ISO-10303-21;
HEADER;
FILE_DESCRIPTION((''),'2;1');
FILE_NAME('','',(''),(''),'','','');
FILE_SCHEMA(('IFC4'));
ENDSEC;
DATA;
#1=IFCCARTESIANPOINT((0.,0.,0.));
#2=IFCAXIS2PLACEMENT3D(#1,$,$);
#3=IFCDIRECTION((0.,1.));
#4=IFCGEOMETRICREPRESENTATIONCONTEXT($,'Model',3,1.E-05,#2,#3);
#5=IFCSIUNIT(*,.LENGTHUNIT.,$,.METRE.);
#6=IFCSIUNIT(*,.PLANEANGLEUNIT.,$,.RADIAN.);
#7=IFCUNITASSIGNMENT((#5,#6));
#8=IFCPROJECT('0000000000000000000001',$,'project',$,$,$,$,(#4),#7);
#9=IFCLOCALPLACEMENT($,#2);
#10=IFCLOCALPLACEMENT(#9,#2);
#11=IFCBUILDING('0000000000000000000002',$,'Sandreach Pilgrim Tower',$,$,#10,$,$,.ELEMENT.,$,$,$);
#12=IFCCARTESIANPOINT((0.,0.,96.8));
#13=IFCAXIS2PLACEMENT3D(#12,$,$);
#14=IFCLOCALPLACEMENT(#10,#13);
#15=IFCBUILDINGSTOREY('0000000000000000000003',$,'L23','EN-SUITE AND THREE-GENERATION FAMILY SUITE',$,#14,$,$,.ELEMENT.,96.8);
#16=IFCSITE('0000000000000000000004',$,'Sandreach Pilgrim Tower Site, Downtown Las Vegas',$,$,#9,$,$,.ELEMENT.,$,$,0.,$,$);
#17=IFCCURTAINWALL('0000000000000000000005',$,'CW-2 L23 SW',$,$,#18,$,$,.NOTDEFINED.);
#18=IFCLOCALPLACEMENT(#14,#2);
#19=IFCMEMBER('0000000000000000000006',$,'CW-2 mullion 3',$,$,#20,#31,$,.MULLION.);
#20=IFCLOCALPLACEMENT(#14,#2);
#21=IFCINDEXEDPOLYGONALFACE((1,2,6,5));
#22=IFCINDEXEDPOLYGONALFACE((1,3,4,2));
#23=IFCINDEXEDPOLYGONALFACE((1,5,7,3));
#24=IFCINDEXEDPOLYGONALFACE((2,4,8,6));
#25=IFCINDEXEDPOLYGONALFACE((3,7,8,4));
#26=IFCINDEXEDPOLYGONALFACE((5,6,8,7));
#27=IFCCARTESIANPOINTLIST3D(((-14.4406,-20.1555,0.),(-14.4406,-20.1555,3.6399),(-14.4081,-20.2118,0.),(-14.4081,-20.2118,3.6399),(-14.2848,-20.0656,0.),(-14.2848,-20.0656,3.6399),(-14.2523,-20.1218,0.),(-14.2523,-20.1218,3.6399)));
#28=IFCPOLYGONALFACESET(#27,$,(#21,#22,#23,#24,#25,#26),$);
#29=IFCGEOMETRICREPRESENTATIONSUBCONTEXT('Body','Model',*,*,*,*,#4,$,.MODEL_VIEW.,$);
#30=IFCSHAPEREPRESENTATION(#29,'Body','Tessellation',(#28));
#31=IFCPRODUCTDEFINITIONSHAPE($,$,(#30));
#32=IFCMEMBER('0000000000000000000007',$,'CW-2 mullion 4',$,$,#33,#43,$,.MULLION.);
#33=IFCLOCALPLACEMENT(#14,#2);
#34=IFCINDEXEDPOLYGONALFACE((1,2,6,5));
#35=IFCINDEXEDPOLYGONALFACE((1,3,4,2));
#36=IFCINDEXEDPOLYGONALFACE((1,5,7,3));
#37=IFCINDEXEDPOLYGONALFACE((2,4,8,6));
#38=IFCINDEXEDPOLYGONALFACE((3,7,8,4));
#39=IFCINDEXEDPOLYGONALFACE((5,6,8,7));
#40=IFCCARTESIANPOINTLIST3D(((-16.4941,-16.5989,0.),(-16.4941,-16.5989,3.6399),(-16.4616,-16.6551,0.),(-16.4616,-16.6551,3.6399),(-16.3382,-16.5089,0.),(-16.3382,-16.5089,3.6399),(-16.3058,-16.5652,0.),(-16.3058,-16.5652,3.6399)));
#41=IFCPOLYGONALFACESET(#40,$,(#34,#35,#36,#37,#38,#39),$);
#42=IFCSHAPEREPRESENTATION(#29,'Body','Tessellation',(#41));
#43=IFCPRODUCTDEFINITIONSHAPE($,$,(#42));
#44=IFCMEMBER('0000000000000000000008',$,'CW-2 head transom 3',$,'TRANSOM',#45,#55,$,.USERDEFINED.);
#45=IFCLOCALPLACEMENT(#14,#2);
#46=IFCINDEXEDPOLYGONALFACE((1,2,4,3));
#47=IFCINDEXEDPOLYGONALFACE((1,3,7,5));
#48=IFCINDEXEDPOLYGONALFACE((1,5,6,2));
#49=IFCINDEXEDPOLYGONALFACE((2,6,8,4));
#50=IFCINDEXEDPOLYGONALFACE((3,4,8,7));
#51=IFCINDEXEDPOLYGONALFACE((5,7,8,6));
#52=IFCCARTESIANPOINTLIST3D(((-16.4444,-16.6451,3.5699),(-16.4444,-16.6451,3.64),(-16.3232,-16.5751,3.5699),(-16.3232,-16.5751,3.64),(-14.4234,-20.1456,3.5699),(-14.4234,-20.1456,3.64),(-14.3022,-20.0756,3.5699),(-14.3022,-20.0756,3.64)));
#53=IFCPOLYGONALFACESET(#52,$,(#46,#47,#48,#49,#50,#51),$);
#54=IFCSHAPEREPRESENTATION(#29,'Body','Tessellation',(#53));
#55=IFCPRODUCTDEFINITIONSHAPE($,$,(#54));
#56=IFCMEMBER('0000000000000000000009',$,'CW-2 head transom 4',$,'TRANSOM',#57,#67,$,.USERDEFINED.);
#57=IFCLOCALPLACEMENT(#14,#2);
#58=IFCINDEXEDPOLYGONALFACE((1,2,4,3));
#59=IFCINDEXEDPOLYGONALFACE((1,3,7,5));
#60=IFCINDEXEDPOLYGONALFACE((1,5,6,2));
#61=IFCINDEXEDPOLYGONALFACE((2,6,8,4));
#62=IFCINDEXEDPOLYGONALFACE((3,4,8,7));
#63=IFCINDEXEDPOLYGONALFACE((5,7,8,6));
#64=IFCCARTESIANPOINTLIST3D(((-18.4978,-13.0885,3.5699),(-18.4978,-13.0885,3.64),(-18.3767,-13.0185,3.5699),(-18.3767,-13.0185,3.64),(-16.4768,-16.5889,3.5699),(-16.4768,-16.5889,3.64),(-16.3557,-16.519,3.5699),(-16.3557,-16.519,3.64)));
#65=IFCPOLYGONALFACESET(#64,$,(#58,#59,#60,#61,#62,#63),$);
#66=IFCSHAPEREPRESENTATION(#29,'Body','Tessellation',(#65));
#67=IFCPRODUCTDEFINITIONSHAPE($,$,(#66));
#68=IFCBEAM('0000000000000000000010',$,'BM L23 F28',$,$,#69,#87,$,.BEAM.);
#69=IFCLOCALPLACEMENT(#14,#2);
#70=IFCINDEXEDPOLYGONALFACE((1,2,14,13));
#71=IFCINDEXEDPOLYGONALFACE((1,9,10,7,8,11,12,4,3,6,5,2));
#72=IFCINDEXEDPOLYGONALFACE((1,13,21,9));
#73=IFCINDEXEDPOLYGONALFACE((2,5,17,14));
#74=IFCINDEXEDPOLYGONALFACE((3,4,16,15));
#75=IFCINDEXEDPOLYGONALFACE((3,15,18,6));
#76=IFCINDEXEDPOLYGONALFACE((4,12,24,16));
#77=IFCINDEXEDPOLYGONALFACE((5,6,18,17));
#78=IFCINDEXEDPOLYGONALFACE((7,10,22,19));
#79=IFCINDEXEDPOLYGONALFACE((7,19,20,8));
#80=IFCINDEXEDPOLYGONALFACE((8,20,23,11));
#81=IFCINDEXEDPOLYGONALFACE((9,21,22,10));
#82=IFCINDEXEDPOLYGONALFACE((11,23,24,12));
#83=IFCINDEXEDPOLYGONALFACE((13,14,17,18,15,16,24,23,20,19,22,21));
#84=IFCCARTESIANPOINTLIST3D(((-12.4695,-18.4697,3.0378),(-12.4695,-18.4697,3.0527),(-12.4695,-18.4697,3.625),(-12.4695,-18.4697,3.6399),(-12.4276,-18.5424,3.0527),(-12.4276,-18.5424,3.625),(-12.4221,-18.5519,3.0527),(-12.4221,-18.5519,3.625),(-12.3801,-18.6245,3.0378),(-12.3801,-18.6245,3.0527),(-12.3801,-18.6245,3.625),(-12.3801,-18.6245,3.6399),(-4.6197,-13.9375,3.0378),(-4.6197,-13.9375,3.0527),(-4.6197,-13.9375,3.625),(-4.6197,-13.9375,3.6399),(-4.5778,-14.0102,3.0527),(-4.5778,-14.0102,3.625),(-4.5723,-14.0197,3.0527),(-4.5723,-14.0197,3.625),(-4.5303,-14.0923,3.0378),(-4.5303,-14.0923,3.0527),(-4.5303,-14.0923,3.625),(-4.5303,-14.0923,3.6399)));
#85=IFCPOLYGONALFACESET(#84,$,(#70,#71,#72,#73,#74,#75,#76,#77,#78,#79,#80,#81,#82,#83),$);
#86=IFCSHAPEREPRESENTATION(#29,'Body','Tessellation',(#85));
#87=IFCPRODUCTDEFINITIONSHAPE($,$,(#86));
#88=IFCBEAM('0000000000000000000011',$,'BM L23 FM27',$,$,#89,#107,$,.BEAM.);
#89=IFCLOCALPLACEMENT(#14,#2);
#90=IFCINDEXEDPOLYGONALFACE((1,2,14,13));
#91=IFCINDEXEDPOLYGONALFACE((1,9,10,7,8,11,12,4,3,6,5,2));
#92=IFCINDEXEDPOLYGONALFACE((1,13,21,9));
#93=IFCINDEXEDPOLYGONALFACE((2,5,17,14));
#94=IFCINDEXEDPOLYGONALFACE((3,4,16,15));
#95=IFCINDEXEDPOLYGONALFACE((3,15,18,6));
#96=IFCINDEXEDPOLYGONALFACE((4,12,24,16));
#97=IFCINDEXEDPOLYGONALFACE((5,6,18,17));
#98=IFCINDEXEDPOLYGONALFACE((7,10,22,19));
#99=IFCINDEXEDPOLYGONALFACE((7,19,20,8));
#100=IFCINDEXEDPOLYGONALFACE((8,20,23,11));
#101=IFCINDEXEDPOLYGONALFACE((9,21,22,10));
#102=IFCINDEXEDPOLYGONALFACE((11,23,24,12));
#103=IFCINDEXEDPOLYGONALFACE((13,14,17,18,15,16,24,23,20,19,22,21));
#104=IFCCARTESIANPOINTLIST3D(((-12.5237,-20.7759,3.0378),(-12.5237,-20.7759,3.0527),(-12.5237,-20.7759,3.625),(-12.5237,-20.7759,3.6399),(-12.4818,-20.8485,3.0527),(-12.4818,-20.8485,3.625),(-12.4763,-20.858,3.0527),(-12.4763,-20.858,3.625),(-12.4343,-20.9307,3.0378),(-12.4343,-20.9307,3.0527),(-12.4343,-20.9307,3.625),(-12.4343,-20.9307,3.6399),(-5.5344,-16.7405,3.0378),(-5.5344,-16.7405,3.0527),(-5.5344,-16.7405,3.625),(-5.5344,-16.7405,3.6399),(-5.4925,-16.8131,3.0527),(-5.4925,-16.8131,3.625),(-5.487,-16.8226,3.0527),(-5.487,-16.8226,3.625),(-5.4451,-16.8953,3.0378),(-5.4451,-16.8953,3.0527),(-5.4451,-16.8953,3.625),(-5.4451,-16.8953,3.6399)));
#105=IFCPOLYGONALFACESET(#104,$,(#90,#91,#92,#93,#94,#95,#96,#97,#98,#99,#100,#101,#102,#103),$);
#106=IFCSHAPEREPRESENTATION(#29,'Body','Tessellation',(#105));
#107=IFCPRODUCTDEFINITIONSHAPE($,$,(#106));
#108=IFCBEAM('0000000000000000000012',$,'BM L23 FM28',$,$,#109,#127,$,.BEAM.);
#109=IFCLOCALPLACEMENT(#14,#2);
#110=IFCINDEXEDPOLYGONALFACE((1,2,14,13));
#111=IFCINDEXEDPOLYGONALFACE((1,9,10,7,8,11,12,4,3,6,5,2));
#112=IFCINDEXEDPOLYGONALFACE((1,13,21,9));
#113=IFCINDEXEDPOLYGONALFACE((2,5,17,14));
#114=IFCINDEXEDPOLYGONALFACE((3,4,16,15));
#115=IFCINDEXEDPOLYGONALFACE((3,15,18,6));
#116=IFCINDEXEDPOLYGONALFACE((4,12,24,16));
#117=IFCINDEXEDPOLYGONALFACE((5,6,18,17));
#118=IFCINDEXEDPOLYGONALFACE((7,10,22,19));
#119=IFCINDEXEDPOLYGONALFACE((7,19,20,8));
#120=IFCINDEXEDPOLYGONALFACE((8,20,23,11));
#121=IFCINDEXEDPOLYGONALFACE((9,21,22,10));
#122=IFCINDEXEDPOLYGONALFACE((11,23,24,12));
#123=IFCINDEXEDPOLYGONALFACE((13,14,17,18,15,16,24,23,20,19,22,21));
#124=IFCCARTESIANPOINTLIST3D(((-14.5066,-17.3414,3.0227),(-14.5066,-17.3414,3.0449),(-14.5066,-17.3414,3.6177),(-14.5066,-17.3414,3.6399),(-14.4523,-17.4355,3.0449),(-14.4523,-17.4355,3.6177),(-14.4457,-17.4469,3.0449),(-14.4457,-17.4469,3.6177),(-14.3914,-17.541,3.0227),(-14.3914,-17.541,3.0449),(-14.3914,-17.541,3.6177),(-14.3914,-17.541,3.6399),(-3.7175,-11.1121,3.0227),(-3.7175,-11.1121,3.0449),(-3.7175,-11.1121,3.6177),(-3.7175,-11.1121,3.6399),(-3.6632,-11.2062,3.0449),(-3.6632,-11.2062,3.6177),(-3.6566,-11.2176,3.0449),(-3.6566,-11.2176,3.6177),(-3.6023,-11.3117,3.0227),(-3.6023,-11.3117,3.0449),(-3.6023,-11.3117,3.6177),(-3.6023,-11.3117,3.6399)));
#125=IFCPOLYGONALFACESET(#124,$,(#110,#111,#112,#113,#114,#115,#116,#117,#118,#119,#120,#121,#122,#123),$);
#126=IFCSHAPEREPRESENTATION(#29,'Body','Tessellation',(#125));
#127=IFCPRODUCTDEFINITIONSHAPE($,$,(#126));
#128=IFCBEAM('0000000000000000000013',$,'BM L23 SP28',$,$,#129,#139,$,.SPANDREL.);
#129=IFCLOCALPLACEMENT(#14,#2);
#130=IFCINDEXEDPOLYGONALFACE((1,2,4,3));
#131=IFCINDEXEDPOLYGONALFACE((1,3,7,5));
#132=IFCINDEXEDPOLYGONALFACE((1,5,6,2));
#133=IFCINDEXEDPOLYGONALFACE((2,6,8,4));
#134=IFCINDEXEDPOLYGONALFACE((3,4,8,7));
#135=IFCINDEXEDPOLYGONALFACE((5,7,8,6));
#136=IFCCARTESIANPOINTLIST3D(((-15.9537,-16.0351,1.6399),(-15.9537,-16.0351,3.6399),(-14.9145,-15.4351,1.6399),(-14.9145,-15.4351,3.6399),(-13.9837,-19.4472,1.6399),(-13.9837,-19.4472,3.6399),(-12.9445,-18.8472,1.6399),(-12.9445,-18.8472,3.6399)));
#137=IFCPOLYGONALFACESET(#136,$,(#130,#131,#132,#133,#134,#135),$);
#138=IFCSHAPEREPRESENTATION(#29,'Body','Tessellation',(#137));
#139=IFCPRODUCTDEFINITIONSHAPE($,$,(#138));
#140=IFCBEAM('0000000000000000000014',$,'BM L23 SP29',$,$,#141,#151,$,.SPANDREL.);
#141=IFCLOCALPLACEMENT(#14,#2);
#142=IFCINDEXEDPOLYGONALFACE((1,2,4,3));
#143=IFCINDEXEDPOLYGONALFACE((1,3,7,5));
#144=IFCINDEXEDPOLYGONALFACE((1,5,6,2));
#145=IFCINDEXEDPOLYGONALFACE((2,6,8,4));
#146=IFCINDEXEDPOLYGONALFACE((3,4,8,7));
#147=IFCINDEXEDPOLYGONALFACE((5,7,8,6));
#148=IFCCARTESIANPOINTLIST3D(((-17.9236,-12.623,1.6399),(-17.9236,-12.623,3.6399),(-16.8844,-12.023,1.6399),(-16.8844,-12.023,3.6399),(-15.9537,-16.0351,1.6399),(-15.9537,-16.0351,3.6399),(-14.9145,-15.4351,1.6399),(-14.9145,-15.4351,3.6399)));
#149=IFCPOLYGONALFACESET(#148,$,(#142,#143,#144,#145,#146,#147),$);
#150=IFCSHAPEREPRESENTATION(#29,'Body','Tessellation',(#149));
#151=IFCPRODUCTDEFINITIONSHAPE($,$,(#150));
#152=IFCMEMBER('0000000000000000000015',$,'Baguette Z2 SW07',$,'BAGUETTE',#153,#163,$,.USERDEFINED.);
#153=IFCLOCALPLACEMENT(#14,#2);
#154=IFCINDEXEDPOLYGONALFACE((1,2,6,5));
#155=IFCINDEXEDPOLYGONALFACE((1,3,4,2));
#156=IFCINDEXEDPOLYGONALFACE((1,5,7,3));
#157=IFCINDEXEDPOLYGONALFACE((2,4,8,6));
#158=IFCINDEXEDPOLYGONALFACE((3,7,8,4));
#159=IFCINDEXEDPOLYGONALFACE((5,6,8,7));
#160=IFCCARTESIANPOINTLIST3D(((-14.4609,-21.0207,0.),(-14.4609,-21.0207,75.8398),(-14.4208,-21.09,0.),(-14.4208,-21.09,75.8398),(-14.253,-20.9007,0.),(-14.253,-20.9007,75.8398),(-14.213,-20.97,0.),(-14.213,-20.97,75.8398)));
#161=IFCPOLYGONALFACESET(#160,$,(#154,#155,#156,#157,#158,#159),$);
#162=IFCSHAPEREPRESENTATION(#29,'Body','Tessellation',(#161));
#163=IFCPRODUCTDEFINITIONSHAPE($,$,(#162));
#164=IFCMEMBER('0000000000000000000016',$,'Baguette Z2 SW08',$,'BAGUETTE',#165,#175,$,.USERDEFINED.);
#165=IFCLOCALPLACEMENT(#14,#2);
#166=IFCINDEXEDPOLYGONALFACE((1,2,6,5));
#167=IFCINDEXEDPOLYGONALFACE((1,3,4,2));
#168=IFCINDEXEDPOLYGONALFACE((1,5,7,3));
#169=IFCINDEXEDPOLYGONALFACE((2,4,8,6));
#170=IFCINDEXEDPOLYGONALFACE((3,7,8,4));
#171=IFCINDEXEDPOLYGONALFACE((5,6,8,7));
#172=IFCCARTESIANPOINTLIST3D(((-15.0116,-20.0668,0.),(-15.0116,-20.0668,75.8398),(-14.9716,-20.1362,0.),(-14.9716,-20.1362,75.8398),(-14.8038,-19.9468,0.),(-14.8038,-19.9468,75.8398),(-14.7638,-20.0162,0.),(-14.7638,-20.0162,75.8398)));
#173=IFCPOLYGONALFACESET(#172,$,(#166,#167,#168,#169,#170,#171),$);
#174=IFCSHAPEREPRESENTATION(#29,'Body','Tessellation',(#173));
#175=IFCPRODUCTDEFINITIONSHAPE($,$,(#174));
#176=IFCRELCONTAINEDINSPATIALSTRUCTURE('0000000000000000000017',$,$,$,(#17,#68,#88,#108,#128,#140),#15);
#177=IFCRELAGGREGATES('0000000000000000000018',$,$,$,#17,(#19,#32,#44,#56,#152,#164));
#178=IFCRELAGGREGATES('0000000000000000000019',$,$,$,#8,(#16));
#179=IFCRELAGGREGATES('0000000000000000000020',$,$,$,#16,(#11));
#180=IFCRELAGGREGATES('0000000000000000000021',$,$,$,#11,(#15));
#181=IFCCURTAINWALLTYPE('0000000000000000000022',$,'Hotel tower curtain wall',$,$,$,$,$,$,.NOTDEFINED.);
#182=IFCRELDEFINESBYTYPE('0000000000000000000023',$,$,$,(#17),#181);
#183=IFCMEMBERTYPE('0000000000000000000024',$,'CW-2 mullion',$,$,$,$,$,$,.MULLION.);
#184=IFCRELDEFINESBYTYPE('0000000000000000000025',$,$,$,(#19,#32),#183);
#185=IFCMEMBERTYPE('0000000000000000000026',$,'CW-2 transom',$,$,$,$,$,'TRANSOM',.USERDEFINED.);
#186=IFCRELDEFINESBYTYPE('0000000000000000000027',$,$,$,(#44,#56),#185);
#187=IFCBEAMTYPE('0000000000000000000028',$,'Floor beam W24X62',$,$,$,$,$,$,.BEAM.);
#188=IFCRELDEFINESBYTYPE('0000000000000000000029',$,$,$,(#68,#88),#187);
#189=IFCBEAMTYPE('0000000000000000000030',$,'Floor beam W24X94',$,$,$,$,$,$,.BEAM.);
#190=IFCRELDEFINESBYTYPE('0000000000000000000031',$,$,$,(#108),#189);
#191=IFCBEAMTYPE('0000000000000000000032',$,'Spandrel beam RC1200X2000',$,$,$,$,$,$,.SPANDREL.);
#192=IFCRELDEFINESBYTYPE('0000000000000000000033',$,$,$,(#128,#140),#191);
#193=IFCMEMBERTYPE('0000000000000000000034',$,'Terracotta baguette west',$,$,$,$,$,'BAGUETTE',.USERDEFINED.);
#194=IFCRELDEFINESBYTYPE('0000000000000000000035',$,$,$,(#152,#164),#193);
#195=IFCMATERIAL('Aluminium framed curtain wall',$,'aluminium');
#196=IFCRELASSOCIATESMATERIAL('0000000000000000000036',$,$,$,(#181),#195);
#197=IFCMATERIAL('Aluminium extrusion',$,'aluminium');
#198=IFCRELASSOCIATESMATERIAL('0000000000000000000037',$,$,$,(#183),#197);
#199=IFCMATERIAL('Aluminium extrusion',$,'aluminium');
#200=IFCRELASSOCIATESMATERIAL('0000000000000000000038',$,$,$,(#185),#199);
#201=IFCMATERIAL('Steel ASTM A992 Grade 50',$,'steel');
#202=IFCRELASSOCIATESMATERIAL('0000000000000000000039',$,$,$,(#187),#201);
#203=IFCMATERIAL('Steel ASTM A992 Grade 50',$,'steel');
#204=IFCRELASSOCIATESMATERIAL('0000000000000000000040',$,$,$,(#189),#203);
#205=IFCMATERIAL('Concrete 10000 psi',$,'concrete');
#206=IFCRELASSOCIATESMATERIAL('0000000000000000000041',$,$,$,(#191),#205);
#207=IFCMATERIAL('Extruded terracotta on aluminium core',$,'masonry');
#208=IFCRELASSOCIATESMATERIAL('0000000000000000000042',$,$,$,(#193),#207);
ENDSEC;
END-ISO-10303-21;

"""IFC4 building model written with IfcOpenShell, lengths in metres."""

from ifc_helpers import new_model, si_unit, direction, frame, origin, origin_2d, place, context, subcontext, project, spatial, rectangle, i_section, extrude, material, material_profile, profile_set, type_object, element, aggregate, save


model = new_model("IFC4")

# Units and contexts
model_context = context("Model", 3, precision=1e-05, world=origin(), true_north=direction((0.0, 1.0)))
body_context = subcontext(model_context, "Body", "Model", "MODEL_VIEW")
ifc_project = project(units=[si_unit("LENGTHUNIT", "METRE"), si_unit("PLANEANGLEUNIT", "RADIAN")], contexts=[model_context])

# Site, building, storey
site_placement = place(None, origin())
site = spatial("IfcSite", under=ifc_project, at=site_placement, Name="Sandreach Pilgrim Tower Site, Downtown Las Vegas", CompositionType="ELEMENT", RefElevation=0.0)
building_placement = place(site_placement, origin())
building = spatial("IfcBuilding", under=site, at=building_placement, Name="Sandreach Pilgrim Tower", CompositionType="ELEMENT")
storey_placement = place(building_placement, frame((0.0, 0.0, 96.8)))
storey = spatial("IfcBuildingStorey", under=building, at=storey_placement, Name="L23", Description="EN-SUITE AND THREE-GENERATION FAMILY SUITE", CompositionType="ELEMENT", Elevation=96.8)

# Curtain wall, members
ifc_material_1 = material(Name="Aluminium framed curtain wall", Category="aluminium")
curtain_wall_type = type_object("IfcCurtainWallType", Name="Hotel tower curtain wall", PredefinedType="NOTDEFINED", material=ifc_material_1)
curtain_wall_placement = place(storey_placement, origin())
curtain_wall = element("IfcCurtainWall", 1, at=curtain_wall_placement, inside=storey, type_object=curtain_wall_type, Name="CW-2 L23 SW", PredefinedType="NOTDEFINED")
ifc_material_2 = material(Name="Aluminium extrusion", Category="aluminium")
ifc_material_profile_1 = material_profile(ifc_material_2, rectangle(XDim=0.0649, YDim=0.1799, at=origin_2d()), Name="CW-2M 65X180")
ifc_profile_set_1 = profile_set([ifc_material_profile_1], Name="Aluminium extrusion")
member_type_1 = type_object("IfcMemberType", Name="CW-2 mullion", PredefinedType="MULLION", material=ifc_profile_set_1)
member_1_placement = place(storey_placement, frame((-14.3464, -20.1387, 0.0), z_axis=(0.0, 0.0, 1.0), x_axis=(-0.5, 0.866025, 0.0)))
member_1 = element("IfcMember", 2, at=member_1_placement, type_object=member_type_1, Name="CW-2 mullion 3", PredefinedType="MULLION", context=body_context, shape_type="SweptSolid", body=[
    extrude(rectangle(XDim=0.0649, YDim=0.1799, at=origin_2d()), origin(), (0.0, 0.0, 1.0), 3.6399),
])
member_2_placement = place(storey_placement, frame((-16.3999, -16.582, 0.0), z_axis=(0.0, 0.0, 1.0), x_axis=(-0.5, 0.866025, 0.0)))
member_2 = element("IfcMember", 3, at=member_2_placement, type_object=member_type_1, Name="CW-2 mullion 4", PredefinedType="MULLION", context=body_context, shape_type="SweptSolid", body=[
    extrude(rectangle(XDim=0.0649, YDim=0.1799, at=origin_2d()), origin(), (0.0, 0.0, 1.0), 3.6399),
])
ifc_material_3 = material(Name="Aluminium extrusion", Category="aluminium")
ifc_material_profile_2 = material_profile(ifc_material_3, rectangle(XDim=0.1399, YDim=0.0701, at=origin_2d()), Name="CW-2T 140X70")
ifc_profile_set_2 = profile_set([ifc_material_profile_2], Name="Aluminium extrusion")
member_type_2 = type_object("IfcMemberType", Name="CW-2 transom", ElementType="TRANSOM", PredefinedType="USERDEFINED", material=ifc_profile_set_2)
member_3_placement = place(storey_placement, frame((-14.3628, -20.1106, 3.605), z_axis=(-0.499998, 0.866027, 0.0), x_axis=(-0.866027, -0.499998, 0.0)))
member_3 = element("IfcMember", 4, at=member_3_placement, type_object=member_type_2, Name="CW-2 head transom 3", ObjectType="TRANSOM", PredefinedType="USERDEFINED", context=body_context, shape_type="SweptSolid", body=[
    extrude(rectangle(XDim=0.1399, YDim=0.0701, at=origin_2d()), origin(), (0.0, 0.0, 1.0), 4.042),
])
member_4_placement = place(storey_placement, frame((-16.4163, -16.554, 3.605), z_axis=(-0.499998, 0.866027, 0.0), x_axis=(-0.866027, -0.499998, 0.0)))
member_4 = element("IfcMember", 5, at=member_4_placement, type_object=member_type_2, Name="CW-2 head transom 4", ObjectType="TRANSOM", PredefinedType="USERDEFINED", context=body_context, shape_type="SweptSolid", body=[
    extrude(rectangle(XDim=0.1399, YDim=0.0701, at=origin_2d()), origin(), (0.0, 0.0, 1.0), 4.042),
])

# Beams
ifc_material_4 = material(Name="Steel ASTM A992 Grade 50", Category="steel")
ifc_material_profile_3 = material_profile(ifc_material_4, i_section(OverallWidth=0.1787, OverallDepth=0.6021, WebThickness=0.011, FlangeThickness=0.0149, at=origin_2d()), Name="W24X62")
ifc_profile_set_3 = profile_set([ifc_material_profile_3], Name="Steel ASTM A992 Grade 50")
beam_type_1 = type_object("IfcBeamType", Name="Floor beam W24X62", PredefinedType="BEAM", material=ifc_profile_set_3)
beam_1_placement = place(storey_placement, frame((-12.4248, -18.5471, 3.3389), z_axis=(0.86602, 0.500009, 0.0), x_axis=(-0.500009, 0.86602, 0.0)))
element("IfcBeam", 6, at=beam_1_placement, inside=storey, type_object=beam_type_1, Name="BM L23 F28", PredefinedType="BEAM", context=body_context, shape_type="SweptSolid", body=[
    extrude(i_section(OverallWidth=0.1787, OverallDepth=0.6021, WebThickness=0.011, FlangeThickness=0.0149, at=origin_2d()), origin(), (0.0, 0.0, 1.0), 9.0642),
])
beam_2_placement = place(storey_placement, frame((-12.479, -20.8533, 3.3389), z_axis=(0.866017, 0.500014, 0.0), x_axis=(-0.500014, 0.866017, 0.0)))
element("IfcBeam", 7, at=beam_2_placement, inside=storey, type_object=beam_type_1, Name="BM L23 FM27", PredefinedType="BEAM", context=body_context, shape_type="SweptSolid", body=[
    extrude(i_section(OverallWidth=0.1787, OverallDepth=0.6021, WebThickness=0.011, FlangeThickness=0.0149, at=origin_2d()), origin(), (0.0, 0.0, 1.0), 8.0706),
])
ifc_material_5 = material(Name="Steel ASTM A992 Grade 50", Category="steel")
ifc_material_profile_4 = material_profile(ifc_material_5, i_section(OverallWidth=0.2305, OverallDepth=0.6172, WebThickness=0.0132, FlangeThickness=0.0222, at=origin_2d()), Name="W24X94")
ifc_profile_set_4 = profile_set([ifc_material_profile_4], Name="Steel ASTM A992 Grade 50")
beam_type_2 = type_object("IfcBeamType", Name="Floor beam W24X94", PredefinedType="BEAM", material=ifc_profile_set_4)
beam_3_placement = place(storey_placement, frame((-14.449, -17.4412, 3.3313), z_axis=(0.866019, 0.500011, 0.0), x_axis=(-0.500011, 0.866019, 0.0)))
element("IfcBeam", 8, at=beam_3_placement, inside=storey, type_object=beam_type_2, Name="BM L23 FM28", PredefinedType="BEAM", context=body_context, shape_type="SweptSolid", body=[
    extrude(i_section(OverallWidth=0.2305, OverallDepth=0.6172, WebThickness=0.0132, FlangeThickness=0.0222, at=origin_2d()), origin(), (0.0, 0.0, 1.0), 12.4583),
])
ifc_material_6 = material(Name="Concrete 10000 psi", Category="concrete")
ifc_material_profile_5 = material_profile(ifc_material_6, rectangle(XDim=1.2, YDim=2.0, at=origin_2d()), Name="RC1200X2000")
ifc_profile_set_5 = profile_set([ifc_material_profile_5], Name="Concrete 10000 psi")
beam_type_3 = type_object("IfcBeamType", Name="Spandrel beam RC1200X2000", PredefinedType="SPANDREL", material=ifc_profile_set_5)
for number, where, z_axis, x_axis, name in (
    (9, (-13.4641, -19.1472, 2.6399), (-0.499998, 0.866027, 0.0), (-0.866027, -0.499998, 0.0), "BM L23 SP28"),
    (10, (-15.4341, -15.7351, 2.6399), (-0.499998, 0.866027, 0.0), (-0.866027, -0.499998, 0.0), "BM L23 SP29"),
):
    element("IfcBeam", number, at=place(storey_placement, frame(where, z_axis=z_axis, x_axis=x_axis)), inside=storey, type_object=beam_type_3, Name=name, PredefinedType="SPANDREL", context=body_context, shape_type="SweptSolid", body=[
        extrude(rectangle(XDim=1.2, YDim=2.0, at=origin_2d()), origin(), (0.0, 0.0, 1.0), 3.9399),
    ])

# Members
ifc_material_7 = material(Name="Extruded terracotta on aluminium core", Category="masonry")
ifc_material_profile_6 = material_profile(ifc_material_7, rectangle(XDim=0.0801, YDim=0.24, at=origin_2d()), Name="TBW 80X240")
ifc_profile_set_6 = profile_set([ifc_material_profile_6], Name="Extruded terracotta on aluminium core")
member_type_3 = type_object("IfcMemberType", Name="Terracotta baguette west", ElementType="BAGUETTE", PredefinedType="USERDEFINED", material=ifc_profile_set_6)
member_5_placement = place(storey_placement, frame((-14.3369, -20.9954, 0.0), z_axis=(0.0, 0.0, 1.0), x_axis=(-0.5, 0.866025, 0.0)))
member_5 = element("IfcMember", 11, at=member_5_placement, type_object=member_type_3, Name="Baguette Z2 SW07", ObjectType="BAGUETTE", PredefinedType="USERDEFINED", context=body_context, shape_type="SweptSolid", body=[
    extrude(rectangle(XDim=0.0801, YDim=0.24, at=origin_2d()), origin(), (0.0, 0.0, 1.0), 75.8398),
])
member_6_placement = place(storey_placement, frame((-14.8877, -20.0415, 0.0), z_axis=(0.0, 0.0, 1.0), x_axis=(-0.5, 0.866025, 0.0)))
member_6 = element("IfcMember", 12, at=member_6_placement, type_object=member_type_3, Name="Baguette Z2 SW08", ObjectType="BAGUETTE", PredefinedType="USERDEFINED", context=body_context, shape_type="SweptSolid", body=[
    extrude(rectangle(XDim=0.0801, YDim=0.24, at=origin_2d()), origin(), (0.0, 0.0, 1.0), 75.8398),
])

aggregate(curtain_wall, [member_1, member_2, member_3, member_4, member_5, member_6])

save(model, "model.ifc")
